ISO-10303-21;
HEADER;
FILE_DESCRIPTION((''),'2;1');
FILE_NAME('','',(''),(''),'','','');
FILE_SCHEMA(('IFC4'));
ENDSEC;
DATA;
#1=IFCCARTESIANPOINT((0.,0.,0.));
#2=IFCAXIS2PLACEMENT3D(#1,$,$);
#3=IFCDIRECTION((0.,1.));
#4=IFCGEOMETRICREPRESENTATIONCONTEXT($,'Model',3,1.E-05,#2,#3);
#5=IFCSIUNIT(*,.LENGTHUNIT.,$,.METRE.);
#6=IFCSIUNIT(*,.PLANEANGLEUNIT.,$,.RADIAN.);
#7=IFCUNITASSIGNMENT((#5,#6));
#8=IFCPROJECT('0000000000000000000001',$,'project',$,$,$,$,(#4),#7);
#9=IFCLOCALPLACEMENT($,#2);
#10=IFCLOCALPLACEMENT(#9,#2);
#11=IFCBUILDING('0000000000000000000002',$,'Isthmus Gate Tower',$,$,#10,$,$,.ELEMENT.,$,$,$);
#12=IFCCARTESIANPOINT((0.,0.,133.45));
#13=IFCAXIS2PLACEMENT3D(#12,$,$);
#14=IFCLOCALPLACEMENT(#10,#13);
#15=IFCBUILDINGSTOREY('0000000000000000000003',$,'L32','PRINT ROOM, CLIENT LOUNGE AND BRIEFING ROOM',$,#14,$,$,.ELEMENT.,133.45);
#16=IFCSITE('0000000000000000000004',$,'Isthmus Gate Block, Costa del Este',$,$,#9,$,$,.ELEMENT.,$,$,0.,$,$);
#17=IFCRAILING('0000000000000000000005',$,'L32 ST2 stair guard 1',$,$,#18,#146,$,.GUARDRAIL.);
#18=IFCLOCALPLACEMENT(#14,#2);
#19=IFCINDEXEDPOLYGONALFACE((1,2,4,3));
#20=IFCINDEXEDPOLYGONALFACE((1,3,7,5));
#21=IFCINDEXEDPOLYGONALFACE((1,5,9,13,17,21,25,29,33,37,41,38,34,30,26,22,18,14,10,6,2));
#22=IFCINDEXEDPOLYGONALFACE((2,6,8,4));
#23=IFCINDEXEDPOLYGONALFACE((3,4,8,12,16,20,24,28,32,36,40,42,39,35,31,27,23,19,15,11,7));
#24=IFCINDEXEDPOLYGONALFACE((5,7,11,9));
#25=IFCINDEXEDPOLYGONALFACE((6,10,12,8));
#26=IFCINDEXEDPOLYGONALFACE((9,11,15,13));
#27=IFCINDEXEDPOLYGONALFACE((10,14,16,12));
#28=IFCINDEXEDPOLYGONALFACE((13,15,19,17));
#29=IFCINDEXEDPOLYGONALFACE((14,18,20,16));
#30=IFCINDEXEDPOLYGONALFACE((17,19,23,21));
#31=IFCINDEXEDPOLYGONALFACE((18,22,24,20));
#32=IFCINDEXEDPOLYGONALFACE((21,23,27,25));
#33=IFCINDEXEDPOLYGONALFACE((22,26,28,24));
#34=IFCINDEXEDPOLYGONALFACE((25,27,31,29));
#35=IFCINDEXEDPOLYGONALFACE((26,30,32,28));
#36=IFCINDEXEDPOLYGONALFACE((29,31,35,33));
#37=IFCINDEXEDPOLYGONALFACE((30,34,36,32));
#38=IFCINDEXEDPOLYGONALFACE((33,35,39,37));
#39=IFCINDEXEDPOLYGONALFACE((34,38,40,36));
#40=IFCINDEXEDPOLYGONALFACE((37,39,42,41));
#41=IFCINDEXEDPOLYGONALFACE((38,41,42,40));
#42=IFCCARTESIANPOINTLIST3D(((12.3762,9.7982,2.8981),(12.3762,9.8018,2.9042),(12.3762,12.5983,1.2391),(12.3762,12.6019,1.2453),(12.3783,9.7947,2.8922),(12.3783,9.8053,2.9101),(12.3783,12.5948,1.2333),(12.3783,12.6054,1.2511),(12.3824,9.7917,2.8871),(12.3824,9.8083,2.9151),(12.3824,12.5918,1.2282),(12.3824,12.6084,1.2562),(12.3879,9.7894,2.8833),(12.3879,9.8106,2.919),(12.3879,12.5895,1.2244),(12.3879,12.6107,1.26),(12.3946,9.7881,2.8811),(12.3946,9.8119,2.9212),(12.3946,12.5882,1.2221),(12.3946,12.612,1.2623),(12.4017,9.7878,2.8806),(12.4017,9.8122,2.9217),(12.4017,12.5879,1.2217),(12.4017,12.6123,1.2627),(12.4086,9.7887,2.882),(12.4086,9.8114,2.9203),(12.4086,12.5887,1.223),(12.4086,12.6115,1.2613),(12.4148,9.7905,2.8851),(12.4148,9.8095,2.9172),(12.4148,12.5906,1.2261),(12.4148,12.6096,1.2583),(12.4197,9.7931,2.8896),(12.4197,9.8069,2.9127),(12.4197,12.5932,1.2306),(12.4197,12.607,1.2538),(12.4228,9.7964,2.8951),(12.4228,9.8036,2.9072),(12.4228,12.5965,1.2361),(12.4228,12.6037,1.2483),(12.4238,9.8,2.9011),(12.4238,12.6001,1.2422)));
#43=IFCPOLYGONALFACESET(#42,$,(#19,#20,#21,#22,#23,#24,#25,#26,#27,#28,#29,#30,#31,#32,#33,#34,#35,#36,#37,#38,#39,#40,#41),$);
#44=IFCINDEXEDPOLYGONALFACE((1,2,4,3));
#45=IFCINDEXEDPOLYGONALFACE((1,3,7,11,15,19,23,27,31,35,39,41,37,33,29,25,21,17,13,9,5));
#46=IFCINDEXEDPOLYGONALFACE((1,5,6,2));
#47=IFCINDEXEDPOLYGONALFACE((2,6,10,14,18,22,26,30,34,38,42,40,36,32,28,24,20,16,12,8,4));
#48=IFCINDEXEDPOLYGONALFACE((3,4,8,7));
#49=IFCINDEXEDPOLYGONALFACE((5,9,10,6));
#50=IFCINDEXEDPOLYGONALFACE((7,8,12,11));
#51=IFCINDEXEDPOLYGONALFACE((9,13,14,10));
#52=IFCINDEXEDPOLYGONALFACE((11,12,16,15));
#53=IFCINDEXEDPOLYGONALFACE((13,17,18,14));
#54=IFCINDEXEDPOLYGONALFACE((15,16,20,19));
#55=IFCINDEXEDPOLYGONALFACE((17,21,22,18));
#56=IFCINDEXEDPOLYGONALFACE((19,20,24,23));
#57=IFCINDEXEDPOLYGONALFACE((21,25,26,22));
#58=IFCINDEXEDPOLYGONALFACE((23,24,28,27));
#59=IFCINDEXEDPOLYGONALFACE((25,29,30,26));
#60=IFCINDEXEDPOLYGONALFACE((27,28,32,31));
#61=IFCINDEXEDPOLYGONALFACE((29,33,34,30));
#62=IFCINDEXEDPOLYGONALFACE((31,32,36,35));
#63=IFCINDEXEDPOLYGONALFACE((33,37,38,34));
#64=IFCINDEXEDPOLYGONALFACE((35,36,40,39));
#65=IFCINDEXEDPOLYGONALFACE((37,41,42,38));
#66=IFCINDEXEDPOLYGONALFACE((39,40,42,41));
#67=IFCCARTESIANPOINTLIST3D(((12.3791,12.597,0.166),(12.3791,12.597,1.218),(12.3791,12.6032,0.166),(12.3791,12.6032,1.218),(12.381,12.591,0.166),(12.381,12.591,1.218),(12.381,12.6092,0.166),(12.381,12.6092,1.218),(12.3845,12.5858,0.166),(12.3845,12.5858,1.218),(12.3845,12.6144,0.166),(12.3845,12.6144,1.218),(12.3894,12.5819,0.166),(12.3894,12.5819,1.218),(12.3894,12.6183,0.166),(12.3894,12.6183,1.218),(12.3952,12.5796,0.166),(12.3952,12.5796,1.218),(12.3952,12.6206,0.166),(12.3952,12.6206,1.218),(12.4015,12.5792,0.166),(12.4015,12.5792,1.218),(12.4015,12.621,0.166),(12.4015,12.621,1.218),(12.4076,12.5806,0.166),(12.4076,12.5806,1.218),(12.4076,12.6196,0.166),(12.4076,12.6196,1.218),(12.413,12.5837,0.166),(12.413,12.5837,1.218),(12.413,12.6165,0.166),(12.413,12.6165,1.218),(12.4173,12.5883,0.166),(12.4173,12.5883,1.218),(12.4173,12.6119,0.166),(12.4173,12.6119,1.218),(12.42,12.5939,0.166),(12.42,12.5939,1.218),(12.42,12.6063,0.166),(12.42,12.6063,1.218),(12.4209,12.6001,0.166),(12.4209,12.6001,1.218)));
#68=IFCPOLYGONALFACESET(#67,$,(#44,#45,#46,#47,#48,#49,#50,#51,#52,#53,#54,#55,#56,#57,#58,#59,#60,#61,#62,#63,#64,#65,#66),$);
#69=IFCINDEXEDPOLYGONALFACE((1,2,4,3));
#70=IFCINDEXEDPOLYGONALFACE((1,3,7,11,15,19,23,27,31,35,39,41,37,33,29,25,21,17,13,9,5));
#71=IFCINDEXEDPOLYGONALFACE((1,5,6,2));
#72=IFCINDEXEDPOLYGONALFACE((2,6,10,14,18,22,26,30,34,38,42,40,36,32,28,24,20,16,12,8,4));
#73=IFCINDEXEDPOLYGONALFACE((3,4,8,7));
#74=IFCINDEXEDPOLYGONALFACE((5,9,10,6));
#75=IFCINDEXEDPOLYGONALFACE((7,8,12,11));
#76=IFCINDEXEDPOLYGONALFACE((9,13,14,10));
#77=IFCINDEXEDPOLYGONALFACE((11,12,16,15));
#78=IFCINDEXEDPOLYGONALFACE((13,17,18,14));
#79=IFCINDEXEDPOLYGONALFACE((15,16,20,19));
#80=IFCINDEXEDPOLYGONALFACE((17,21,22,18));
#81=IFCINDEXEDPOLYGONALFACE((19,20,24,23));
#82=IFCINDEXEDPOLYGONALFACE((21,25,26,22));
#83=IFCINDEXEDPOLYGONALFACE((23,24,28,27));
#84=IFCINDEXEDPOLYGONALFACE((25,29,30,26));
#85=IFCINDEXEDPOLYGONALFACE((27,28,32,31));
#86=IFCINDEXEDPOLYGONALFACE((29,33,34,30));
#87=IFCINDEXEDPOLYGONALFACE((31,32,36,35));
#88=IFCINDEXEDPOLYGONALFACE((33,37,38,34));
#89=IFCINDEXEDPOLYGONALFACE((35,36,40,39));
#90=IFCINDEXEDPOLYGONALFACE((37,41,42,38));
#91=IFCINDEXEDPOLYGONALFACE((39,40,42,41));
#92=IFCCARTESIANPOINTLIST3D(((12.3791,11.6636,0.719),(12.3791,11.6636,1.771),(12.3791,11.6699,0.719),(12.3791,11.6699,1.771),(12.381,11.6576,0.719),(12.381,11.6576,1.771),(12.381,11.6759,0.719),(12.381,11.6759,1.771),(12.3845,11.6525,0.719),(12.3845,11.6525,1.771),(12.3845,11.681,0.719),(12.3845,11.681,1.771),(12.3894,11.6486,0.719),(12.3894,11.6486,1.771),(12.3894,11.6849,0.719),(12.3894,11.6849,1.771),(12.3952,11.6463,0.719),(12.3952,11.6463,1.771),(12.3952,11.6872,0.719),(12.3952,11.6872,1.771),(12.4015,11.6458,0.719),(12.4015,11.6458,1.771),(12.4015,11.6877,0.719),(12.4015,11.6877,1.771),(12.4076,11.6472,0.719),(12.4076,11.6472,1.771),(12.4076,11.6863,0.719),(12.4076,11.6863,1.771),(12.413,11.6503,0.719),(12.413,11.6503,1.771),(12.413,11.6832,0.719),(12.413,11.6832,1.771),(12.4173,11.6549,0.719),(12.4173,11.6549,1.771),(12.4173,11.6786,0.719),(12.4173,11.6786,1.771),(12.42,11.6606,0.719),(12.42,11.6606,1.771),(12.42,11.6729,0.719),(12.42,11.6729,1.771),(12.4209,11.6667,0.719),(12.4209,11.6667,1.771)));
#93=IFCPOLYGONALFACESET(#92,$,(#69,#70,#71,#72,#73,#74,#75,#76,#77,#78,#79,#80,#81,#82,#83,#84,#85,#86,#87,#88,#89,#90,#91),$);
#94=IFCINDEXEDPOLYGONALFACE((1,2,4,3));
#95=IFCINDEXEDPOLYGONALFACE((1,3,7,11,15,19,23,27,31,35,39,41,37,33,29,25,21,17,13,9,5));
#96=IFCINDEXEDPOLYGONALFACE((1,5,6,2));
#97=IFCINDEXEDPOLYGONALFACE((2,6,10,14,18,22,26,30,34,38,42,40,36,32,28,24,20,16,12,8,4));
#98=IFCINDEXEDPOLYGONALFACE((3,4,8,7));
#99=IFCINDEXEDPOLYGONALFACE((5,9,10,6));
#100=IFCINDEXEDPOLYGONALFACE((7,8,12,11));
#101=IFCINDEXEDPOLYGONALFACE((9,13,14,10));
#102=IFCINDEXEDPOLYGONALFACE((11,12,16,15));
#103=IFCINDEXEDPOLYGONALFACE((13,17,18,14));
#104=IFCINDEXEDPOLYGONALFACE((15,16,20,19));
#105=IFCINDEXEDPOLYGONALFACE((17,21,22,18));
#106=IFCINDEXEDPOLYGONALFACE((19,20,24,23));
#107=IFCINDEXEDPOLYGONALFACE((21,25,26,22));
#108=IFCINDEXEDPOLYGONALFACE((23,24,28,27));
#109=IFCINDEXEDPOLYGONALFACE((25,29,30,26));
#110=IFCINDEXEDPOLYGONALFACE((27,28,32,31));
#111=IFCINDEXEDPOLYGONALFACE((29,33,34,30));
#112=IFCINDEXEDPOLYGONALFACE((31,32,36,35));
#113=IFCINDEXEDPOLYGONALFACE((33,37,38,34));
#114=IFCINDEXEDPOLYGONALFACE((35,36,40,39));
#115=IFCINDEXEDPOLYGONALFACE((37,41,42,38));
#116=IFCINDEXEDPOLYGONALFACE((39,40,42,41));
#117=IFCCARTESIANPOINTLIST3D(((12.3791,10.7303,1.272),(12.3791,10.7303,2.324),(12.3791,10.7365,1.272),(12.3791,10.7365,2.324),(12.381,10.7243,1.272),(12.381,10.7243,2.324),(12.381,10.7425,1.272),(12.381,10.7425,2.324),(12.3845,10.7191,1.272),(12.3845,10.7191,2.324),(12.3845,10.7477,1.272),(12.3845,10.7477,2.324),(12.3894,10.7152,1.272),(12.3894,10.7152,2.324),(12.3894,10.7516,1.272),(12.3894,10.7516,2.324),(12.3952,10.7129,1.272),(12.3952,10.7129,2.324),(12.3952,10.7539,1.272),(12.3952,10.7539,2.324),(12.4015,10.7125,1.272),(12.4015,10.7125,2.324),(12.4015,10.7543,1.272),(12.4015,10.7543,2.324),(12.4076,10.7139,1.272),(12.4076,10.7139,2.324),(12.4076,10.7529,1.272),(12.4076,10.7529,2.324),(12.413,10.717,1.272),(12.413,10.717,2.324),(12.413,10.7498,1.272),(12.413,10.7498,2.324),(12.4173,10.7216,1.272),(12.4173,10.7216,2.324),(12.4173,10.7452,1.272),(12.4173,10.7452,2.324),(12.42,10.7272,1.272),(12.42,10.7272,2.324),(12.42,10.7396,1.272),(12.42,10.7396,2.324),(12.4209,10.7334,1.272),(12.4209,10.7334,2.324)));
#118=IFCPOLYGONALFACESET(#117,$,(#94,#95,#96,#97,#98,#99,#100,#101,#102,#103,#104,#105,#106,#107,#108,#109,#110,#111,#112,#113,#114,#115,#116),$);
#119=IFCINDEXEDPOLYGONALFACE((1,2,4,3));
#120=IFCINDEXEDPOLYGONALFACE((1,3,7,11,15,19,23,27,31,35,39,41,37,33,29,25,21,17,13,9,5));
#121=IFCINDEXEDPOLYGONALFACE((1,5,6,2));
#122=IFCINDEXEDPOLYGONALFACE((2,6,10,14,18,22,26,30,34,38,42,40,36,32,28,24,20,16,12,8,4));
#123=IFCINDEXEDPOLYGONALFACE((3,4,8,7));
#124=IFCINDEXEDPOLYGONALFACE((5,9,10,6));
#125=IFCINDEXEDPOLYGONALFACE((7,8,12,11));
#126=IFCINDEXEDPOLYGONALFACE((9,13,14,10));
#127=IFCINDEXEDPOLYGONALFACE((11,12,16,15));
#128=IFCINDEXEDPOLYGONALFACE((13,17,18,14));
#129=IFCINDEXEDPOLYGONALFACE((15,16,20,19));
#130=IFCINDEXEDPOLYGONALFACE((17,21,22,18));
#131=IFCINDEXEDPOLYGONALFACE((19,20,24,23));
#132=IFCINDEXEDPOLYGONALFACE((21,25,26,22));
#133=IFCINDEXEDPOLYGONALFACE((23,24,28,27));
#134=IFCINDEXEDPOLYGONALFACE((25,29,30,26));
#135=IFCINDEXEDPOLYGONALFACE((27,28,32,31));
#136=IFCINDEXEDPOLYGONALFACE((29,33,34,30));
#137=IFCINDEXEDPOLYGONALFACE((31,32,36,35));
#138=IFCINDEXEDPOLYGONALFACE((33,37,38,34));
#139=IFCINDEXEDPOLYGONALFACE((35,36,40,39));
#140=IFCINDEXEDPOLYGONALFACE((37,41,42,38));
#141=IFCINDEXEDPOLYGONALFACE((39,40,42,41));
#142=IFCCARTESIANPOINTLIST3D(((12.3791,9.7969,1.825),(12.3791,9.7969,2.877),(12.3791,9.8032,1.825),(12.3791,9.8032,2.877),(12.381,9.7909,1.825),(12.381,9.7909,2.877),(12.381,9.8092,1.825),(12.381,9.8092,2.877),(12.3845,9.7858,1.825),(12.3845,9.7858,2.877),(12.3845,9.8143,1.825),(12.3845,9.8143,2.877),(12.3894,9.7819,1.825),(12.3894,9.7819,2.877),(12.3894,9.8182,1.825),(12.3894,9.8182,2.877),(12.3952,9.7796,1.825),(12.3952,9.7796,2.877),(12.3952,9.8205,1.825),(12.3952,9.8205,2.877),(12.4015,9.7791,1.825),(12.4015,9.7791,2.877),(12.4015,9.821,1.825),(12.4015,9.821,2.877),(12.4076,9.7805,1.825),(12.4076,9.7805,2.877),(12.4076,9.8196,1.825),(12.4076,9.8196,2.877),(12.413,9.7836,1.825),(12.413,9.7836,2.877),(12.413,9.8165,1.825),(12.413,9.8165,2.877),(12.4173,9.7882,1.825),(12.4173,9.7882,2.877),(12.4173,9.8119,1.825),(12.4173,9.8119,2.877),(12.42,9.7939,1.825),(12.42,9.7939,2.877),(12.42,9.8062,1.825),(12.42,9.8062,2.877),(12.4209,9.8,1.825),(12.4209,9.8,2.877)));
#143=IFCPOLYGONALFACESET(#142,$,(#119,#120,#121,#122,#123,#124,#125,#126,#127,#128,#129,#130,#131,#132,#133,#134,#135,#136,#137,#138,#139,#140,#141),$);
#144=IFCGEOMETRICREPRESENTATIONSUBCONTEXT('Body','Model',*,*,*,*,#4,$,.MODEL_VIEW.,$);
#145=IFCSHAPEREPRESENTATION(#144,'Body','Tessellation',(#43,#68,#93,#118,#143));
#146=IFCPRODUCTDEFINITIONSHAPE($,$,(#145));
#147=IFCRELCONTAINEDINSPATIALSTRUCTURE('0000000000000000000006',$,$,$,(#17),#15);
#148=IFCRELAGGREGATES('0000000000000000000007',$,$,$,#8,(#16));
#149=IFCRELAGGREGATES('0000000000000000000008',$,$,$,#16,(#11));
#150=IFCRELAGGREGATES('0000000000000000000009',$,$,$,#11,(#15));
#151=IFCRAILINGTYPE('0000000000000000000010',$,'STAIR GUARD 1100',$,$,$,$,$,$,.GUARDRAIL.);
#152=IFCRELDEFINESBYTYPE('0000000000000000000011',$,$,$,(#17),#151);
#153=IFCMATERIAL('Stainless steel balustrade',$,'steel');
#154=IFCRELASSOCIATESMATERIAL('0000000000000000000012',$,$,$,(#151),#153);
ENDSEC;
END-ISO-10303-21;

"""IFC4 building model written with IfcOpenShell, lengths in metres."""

from ifc_helpers import new_model, si_unit, direction, frame, origin, origin_2d, place, context, subcontext, project, spatial, circle, extrude, material, type_object, element, save


model = new_model("IFC4")

# Units and contexts
model_context = context("Model", 3, precision=1e-05, world=origin(), true_north=direction((0.0, 1.0)))
body_context = subcontext(model_context, "Body", "Model", "MODEL_VIEW")
ifc_project = project(units=[si_unit("LENGTHUNIT", "METRE"), si_unit("PLANEANGLEUNIT", "RADIAN")], contexts=[model_context])

# Site, building, storey
site_placement = place(None, origin())
site = spatial("IfcSite", under=ifc_project, at=site_placement, Name="Isthmus Gate Block, Costa del Este", CompositionType="ELEMENT", RefElevation=0.0)
building_placement = place(site_placement, origin())
building = spatial("IfcBuilding", under=site, at=building_placement, Name="Isthmus Gate Tower", CompositionType="ELEMENT")
storey_placement = place(building_placement, frame((0.0, 0.0, 133.45)))
storey = spatial("IfcBuildingStorey", under=building, at=storey_placement, Name="L32", Description="PRINT ROOM, CLIENT LOUNGE AND BRIEFING ROOM", CompositionType="ELEMENT", Elevation=133.45)

# Railing
ifc_material_1 = material(Name="Stainless steel balustrade", Category="steel")
railing_type_1 = type_object("IfcRailingType", Name="STAIR GUARD 1100", PredefinedType="GUARDRAIL", material=ifc_material_1)
railing_1_placement = place(storey_placement, frame((12.3999, 12.6001, 0.166)))
element("IfcRailing", 1, at=railing_1_placement, inside=storey, type_object=railing_type_1, Name="L32 ST2 stair guard 1", PredefinedType="GUARDRAIL", context=body_context, shape_type="SweptSolid", body=[
    extrude(circle(Radius=0.0239, at=origin_2d()), frame((0.0, 0.0, 1.0762), z_axis=(0.0, -0.860339, 0.509722), x_axis=(1.0, 0.0, 0.0)), (0.0, 0.0, 1.0), 3.2546),
    extrude(circle(Radius=0.021, at=origin_2d()), origin(), (0.0, 0.0, 1.0), 1.052),
    extrude(circle(Radius=0.021, at=origin_2d()), frame((0.0, -0.9333, 0.553)), (0.0, 0.0, 1.0), 1.052),
    extrude(circle(Radius=0.021, at=origin_2d()), frame((0.0, -1.8667, 1.106)), (0.0, 0.0, 1.0), 1.052),
    extrude(circle(Radius=0.021, at=origin_2d()), frame((0.0, -2.8, 1.6589)), (0.0, 0.0, 1.0), 1.052),
])

save(model, "model.ifc")
